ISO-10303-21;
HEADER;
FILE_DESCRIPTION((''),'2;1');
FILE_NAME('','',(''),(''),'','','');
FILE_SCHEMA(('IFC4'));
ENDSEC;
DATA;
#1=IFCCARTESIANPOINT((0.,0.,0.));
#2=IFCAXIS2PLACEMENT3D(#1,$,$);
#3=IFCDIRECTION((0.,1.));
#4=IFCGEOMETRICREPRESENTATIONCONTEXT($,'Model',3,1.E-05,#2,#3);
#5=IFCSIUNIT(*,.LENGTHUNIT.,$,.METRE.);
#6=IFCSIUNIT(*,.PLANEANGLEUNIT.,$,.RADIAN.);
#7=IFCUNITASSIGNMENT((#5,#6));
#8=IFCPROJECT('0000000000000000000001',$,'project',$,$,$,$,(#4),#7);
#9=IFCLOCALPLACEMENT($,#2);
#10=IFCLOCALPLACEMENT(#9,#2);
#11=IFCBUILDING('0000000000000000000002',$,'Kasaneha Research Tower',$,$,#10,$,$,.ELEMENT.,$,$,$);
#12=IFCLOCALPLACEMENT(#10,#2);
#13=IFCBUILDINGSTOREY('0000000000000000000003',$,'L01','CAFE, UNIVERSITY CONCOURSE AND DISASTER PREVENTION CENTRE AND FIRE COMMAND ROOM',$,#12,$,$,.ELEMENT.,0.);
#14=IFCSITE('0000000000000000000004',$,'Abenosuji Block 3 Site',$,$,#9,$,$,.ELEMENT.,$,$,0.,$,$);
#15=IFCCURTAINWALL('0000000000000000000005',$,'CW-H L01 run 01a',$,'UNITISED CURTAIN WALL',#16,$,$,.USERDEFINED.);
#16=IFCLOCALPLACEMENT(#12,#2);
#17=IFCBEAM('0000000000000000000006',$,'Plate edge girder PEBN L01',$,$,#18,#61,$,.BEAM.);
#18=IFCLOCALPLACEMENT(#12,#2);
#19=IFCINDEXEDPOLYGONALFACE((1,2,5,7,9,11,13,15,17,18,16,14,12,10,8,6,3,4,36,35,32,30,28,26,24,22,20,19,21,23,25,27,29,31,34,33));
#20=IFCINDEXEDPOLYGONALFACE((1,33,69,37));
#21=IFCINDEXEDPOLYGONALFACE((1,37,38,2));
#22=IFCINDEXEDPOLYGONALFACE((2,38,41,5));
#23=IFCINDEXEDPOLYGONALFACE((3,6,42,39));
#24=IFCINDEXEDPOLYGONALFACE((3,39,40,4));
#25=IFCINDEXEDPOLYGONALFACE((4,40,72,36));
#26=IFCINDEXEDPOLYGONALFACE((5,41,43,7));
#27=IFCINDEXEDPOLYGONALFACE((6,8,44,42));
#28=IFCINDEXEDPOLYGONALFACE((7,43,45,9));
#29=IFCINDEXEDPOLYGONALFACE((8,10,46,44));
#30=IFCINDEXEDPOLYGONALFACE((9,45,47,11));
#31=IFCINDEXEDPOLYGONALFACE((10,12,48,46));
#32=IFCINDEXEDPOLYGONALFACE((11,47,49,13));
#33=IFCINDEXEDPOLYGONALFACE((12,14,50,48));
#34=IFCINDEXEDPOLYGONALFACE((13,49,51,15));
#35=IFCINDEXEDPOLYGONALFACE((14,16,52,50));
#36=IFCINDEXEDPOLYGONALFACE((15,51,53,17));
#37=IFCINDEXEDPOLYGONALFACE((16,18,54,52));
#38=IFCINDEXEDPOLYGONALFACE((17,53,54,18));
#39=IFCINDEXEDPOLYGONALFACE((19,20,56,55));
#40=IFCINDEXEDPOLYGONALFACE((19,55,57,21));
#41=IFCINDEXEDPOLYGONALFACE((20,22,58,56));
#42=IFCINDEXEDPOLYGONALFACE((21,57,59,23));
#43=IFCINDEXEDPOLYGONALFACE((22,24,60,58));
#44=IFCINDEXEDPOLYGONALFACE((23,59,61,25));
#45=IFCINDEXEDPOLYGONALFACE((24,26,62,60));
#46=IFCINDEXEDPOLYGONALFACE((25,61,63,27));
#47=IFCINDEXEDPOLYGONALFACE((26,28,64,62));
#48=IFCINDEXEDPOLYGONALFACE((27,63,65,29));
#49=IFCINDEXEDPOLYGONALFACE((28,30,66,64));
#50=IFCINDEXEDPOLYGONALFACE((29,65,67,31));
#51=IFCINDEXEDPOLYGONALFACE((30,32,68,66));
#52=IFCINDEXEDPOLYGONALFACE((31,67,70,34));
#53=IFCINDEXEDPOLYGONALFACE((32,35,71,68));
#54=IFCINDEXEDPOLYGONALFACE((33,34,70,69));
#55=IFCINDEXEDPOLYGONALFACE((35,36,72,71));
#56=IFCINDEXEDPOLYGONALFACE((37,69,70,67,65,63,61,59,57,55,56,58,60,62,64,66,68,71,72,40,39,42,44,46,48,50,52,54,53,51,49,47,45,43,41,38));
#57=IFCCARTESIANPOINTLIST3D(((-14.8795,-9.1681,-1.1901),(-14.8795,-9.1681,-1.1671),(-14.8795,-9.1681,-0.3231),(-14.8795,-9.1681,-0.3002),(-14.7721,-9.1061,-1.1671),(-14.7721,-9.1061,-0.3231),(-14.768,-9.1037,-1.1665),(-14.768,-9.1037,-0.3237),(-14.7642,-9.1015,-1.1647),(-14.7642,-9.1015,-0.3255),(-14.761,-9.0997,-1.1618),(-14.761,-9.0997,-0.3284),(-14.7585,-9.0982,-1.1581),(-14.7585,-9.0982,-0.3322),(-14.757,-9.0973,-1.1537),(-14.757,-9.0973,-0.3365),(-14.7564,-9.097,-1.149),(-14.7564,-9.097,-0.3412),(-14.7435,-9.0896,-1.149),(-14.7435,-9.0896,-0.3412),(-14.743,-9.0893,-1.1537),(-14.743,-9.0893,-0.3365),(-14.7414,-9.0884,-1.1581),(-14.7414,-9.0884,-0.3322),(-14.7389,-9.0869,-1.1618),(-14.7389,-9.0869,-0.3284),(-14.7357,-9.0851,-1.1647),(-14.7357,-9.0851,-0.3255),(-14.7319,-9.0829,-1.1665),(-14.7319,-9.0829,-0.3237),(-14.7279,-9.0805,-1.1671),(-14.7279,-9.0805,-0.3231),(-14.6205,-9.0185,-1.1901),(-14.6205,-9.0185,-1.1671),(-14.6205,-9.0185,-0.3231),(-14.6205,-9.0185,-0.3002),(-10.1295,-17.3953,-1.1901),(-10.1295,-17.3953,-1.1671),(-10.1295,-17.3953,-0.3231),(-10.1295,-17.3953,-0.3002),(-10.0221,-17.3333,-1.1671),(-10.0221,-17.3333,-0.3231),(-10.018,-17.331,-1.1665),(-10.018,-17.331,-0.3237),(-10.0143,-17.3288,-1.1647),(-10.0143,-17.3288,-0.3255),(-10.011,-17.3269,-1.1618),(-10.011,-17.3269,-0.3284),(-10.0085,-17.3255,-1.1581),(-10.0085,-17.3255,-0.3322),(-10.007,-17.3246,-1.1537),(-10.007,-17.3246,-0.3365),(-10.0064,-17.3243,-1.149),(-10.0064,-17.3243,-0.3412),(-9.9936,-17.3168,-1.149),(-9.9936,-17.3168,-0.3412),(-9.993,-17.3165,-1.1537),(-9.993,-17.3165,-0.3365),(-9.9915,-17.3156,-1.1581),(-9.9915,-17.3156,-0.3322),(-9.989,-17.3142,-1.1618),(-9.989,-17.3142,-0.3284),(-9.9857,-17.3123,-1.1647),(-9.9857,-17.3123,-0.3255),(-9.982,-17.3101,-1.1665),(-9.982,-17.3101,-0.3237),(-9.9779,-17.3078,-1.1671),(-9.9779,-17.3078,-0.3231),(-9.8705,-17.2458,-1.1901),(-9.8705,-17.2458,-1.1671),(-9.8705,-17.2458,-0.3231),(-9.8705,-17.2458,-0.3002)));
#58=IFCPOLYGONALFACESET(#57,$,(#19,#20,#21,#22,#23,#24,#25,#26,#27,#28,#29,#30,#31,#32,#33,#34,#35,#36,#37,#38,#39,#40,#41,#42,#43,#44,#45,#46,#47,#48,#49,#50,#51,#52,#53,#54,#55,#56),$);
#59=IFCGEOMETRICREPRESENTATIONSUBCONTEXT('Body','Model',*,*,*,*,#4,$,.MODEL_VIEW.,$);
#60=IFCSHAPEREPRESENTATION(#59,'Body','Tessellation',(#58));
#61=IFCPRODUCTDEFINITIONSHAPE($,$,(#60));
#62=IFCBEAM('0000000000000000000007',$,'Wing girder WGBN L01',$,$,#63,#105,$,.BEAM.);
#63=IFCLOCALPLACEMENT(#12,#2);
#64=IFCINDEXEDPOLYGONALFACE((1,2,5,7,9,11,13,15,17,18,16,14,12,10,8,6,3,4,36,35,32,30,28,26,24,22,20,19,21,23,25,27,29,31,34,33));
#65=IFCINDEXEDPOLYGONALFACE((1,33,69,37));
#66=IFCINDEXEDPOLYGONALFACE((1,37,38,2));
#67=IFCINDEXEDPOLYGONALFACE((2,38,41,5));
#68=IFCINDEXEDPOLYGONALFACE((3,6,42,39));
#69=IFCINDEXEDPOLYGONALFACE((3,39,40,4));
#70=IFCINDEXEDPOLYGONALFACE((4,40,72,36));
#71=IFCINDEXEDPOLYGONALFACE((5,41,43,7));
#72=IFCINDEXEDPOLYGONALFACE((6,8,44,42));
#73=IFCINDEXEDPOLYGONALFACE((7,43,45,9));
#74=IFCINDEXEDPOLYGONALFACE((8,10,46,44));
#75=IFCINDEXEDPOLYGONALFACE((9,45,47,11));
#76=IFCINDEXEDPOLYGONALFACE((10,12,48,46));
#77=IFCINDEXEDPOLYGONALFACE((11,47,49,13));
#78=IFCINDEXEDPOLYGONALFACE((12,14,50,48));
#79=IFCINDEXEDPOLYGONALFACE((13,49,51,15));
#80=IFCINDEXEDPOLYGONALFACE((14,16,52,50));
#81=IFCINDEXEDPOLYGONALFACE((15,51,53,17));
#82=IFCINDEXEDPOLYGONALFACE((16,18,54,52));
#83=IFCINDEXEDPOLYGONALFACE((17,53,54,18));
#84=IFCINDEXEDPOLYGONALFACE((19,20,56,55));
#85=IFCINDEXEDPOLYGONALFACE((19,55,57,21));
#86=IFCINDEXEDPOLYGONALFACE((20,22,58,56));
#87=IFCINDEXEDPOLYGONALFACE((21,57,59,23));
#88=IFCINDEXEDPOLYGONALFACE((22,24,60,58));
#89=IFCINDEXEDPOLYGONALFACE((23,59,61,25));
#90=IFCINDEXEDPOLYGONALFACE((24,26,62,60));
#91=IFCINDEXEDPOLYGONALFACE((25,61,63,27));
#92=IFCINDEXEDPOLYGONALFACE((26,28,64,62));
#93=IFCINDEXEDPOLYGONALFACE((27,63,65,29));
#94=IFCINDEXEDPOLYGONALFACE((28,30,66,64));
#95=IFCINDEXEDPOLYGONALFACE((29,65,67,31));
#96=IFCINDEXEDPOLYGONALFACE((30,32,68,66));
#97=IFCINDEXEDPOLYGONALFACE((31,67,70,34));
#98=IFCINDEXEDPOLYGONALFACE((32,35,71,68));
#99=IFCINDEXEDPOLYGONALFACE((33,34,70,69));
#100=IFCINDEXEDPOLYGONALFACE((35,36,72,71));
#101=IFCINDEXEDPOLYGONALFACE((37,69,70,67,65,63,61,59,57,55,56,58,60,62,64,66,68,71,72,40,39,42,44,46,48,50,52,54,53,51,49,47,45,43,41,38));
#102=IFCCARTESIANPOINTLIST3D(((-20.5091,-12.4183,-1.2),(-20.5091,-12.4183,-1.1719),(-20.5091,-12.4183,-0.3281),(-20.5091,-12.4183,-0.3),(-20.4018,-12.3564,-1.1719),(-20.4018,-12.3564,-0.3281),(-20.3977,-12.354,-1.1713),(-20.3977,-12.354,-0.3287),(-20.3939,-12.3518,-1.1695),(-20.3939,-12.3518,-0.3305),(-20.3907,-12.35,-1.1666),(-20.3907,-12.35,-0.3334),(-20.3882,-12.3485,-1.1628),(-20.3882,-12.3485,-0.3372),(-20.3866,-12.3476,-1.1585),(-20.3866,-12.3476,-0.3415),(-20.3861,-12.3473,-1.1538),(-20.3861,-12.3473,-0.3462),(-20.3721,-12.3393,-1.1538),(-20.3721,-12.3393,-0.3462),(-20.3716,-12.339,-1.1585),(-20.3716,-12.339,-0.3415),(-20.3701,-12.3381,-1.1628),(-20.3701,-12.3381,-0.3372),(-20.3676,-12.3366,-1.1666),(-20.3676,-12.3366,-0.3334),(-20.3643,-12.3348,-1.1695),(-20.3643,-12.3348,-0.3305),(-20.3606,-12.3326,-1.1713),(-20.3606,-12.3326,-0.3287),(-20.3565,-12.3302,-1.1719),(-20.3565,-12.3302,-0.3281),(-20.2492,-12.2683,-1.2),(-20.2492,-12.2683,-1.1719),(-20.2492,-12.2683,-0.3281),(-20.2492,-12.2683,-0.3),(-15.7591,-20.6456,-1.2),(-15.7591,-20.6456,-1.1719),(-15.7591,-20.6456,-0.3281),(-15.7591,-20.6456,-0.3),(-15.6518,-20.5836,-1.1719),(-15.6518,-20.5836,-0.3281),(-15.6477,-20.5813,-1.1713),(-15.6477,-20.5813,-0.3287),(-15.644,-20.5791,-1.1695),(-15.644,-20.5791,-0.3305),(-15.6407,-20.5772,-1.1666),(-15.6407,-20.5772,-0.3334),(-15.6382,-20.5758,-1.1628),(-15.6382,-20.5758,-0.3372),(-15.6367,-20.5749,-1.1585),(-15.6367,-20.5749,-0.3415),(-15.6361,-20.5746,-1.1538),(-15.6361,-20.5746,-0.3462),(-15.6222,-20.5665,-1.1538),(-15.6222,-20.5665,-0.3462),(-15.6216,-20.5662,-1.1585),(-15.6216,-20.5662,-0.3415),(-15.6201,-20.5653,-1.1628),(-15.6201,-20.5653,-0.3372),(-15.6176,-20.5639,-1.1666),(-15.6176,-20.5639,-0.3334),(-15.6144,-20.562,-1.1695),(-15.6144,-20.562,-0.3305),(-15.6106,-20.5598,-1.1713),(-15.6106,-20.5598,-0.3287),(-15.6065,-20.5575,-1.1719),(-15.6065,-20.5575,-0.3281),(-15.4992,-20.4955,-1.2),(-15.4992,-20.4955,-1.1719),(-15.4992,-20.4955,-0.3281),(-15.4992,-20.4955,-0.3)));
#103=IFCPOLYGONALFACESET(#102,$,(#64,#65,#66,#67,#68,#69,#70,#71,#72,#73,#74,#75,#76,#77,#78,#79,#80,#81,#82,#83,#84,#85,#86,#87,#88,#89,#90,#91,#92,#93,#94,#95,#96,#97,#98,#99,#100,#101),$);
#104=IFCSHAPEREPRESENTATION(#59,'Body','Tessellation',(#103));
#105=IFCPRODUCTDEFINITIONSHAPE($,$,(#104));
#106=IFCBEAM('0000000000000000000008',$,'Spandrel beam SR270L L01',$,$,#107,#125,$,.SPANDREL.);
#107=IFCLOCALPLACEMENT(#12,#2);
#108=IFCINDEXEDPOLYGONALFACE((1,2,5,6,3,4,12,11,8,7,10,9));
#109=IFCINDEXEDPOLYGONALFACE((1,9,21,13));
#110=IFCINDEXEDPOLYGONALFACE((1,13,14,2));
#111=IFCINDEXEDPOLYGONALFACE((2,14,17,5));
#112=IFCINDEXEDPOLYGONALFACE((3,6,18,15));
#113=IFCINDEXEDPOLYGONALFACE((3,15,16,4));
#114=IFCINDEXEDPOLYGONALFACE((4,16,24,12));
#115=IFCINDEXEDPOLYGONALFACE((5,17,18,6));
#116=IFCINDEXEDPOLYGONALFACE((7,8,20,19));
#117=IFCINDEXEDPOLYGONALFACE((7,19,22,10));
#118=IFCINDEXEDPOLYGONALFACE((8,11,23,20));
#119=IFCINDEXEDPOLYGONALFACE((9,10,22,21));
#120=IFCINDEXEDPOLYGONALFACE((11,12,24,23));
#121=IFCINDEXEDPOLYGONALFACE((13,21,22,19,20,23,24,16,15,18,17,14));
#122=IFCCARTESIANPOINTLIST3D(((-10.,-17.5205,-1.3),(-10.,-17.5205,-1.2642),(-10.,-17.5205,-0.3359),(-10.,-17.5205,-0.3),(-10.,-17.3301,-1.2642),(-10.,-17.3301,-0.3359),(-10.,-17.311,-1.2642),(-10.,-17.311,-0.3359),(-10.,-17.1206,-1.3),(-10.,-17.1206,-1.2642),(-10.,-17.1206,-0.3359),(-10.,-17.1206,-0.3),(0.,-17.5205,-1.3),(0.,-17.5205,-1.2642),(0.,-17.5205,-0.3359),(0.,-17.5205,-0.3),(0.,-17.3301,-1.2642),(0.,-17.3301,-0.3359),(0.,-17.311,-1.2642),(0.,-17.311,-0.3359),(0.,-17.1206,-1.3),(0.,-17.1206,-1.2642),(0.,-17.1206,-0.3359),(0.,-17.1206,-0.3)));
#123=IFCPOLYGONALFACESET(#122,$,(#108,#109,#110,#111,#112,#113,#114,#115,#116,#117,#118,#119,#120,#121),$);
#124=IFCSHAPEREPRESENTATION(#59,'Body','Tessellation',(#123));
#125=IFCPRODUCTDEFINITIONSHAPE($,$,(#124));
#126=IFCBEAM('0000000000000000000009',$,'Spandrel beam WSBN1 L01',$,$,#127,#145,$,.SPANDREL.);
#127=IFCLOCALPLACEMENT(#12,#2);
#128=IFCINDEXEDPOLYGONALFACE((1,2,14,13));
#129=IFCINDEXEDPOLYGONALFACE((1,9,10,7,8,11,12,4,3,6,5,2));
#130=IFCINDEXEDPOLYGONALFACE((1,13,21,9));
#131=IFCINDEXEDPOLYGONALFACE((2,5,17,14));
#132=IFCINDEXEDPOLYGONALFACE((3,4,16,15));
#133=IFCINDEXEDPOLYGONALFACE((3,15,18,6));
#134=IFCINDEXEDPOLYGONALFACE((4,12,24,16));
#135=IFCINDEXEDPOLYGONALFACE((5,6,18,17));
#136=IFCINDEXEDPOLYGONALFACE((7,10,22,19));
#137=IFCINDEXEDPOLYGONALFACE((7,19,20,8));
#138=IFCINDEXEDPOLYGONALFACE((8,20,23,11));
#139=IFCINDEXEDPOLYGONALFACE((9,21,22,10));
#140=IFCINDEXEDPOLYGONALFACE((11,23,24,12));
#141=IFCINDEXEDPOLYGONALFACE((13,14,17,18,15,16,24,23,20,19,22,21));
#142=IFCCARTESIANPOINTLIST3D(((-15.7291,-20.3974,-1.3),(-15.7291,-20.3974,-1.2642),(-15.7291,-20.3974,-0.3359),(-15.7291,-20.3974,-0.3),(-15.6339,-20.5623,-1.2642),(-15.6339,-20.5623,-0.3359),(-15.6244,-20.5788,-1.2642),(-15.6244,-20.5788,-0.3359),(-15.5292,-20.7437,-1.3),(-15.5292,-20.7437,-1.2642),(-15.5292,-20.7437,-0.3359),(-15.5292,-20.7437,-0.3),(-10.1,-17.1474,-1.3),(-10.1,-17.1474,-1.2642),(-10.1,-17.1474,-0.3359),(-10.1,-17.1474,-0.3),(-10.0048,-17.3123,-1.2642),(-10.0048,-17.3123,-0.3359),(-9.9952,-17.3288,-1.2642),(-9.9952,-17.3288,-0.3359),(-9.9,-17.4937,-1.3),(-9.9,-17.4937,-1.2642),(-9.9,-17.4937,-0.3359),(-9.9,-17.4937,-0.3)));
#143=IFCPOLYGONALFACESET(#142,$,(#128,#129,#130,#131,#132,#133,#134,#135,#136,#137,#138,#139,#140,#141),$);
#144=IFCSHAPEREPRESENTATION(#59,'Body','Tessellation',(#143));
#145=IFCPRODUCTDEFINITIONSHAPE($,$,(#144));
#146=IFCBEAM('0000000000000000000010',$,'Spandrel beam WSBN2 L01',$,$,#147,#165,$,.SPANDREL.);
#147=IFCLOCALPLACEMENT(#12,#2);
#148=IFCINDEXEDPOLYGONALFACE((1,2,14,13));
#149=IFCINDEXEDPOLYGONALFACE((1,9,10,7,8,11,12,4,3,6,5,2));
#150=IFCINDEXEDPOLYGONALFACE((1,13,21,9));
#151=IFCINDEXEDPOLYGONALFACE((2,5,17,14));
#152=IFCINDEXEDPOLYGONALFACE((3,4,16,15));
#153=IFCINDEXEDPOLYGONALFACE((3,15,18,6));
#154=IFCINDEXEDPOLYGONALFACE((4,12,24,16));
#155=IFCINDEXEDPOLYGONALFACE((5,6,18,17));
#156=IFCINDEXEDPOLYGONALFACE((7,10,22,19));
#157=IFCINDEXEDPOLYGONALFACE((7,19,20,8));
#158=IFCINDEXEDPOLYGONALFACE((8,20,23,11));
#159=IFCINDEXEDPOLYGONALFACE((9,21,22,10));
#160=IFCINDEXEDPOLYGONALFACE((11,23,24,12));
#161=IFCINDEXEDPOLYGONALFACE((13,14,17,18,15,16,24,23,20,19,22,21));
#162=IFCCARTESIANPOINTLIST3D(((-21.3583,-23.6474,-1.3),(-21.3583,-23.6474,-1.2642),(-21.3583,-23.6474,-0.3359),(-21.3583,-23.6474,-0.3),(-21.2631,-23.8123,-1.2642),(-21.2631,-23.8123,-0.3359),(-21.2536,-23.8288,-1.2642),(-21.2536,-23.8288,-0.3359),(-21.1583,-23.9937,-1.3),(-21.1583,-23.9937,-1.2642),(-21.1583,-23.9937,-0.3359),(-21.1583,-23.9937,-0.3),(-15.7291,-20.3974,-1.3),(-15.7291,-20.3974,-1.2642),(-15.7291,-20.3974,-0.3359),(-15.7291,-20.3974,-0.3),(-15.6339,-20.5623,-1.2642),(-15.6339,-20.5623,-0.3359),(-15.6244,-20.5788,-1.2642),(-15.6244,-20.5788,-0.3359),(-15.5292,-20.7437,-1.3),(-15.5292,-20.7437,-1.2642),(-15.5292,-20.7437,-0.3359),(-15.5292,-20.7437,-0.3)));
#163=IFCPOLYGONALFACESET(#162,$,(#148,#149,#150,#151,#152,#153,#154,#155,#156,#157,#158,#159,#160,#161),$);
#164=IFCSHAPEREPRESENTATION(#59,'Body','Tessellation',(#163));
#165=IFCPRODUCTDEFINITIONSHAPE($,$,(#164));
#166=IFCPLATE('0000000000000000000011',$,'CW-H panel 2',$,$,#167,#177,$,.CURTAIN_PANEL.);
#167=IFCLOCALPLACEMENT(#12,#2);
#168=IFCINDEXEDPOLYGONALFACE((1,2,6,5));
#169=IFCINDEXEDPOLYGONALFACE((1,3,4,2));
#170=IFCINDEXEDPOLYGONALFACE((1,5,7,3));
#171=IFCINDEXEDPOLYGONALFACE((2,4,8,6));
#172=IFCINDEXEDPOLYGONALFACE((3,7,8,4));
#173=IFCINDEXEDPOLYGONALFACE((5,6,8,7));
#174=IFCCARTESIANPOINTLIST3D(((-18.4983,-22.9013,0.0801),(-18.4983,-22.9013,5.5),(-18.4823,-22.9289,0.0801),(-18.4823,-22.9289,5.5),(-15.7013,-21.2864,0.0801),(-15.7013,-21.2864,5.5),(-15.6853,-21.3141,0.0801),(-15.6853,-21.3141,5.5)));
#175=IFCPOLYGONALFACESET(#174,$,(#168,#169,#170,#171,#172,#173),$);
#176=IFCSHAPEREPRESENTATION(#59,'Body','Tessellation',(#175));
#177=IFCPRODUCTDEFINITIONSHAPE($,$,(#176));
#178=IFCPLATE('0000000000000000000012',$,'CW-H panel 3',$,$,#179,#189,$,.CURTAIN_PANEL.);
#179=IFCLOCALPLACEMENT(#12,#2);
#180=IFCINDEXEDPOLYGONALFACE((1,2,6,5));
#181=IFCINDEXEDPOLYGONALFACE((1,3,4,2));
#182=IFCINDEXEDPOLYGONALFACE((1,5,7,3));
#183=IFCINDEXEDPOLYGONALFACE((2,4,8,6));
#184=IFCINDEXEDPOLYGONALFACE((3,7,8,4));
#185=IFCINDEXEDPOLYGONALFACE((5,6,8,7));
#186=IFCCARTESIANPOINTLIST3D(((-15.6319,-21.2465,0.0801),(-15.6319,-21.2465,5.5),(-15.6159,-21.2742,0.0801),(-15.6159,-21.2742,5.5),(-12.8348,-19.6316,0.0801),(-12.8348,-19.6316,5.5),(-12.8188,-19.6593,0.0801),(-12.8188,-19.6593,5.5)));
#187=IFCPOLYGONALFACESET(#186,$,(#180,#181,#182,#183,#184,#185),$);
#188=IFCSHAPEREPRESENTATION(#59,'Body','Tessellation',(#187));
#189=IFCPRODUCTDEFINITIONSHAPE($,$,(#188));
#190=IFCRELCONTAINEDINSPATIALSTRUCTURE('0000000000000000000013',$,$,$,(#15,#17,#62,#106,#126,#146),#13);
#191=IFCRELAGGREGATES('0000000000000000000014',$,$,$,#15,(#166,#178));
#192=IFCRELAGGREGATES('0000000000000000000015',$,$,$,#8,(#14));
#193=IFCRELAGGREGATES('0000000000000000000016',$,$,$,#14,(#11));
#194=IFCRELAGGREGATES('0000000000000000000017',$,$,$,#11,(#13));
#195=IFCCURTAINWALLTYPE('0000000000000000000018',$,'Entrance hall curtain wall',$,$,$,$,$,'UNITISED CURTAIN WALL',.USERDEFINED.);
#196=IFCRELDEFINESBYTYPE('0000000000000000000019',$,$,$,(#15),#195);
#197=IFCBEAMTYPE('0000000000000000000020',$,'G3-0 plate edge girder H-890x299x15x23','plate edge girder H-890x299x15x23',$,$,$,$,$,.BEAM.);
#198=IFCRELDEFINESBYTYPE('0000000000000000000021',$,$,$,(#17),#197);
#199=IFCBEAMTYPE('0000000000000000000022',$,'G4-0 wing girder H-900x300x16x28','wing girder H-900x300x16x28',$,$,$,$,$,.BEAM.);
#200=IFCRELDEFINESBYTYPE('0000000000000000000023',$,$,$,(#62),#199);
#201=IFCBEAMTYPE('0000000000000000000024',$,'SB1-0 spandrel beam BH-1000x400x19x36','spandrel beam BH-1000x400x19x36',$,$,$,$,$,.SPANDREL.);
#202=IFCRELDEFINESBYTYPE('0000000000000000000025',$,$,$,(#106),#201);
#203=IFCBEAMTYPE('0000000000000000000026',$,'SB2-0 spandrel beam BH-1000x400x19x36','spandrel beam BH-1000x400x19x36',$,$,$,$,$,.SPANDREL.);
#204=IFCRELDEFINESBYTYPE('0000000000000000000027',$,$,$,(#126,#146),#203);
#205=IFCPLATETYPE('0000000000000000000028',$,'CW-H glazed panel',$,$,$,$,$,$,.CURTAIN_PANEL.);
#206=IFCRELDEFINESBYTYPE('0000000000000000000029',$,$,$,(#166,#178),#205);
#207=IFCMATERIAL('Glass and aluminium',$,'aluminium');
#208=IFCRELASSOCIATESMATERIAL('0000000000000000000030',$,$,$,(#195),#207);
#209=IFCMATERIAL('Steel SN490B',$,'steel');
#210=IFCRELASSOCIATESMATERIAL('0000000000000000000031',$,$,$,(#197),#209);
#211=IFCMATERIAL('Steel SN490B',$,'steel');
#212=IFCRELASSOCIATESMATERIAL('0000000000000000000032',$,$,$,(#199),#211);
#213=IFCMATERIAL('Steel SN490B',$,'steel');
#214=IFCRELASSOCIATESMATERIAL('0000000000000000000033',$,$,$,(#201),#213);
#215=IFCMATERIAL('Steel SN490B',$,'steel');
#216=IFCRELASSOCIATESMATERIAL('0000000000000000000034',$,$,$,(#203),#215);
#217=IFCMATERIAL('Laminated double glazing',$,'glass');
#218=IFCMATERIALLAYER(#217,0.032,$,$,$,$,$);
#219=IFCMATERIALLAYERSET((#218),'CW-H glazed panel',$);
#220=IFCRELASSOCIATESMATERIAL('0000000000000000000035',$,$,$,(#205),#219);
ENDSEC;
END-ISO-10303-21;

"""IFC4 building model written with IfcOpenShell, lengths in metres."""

from ifc_helpers import new_model, si_unit, direction, frame, origin, origin_2d, place, context, subcontext, project, spatial, rectangle, i_section, extrude, material, layer, layer_set, material_profile, profile_set, type_object, element, aggregate, save


model = new_model("IFC4")

# Units and contexts
model_context = context("Model", 3, precision=1e-05, world=origin(), true_north=direction((0.0, 1.0)))
body_context = subcontext(model_context, "Body", "Model", "MODEL_VIEW")
ifc_project = project(units=[si_unit("LENGTHUNIT", "METRE"), si_unit("PLANEANGLEUNIT", "RADIAN")], contexts=[model_context])

# Site, building, storey
site_placement = place(None, origin())
site = spatial("IfcSite", under=ifc_project, at=site_placement, Name="Abenosuji Block 3 Site", CompositionType="ELEMENT", RefElevation=0.0)
building_placement = place(site_placement, origin())
building = spatial("IfcBuilding", under=site, at=building_placement, Name="Kasaneha Research Tower", CompositionType="ELEMENT")
storey_placement = place(building_placement, origin())
storey = spatial("IfcBuildingStorey", under=building, at=storey_placement, Name="L01", Description="CAFE, UNIVERSITY CONCOURSE AND DISASTER PREVENTION CENTRE AND FIRE COMMAND ROOM", CompositionType="ELEMENT", Elevation=0.0)

# Curtain wall
ifc_material_1 = material(Name="Glass and aluminium", Category="aluminium")
curtain_wall_type = type_object("IfcCurtainWallType", Name="Entrance hall curtain wall", ElementType="UNITISED CURTAIN WALL", PredefinedType="USERDEFINED", material=ifc_material_1)
curtain_wall_1_placement = place(storey_placement, origin())
curtain_wall_1 = element("IfcCurtainWall", 1, at=curtain_wall_1_placement, inside=storey, type_object=curtain_wall_type, Name="CW-H L01 run 01a", ObjectType="UNITISED CURTAIN WALL", PredefinedType="USERDEFINED")

# Beams
ifc_material_2 = material(Name="Steel SN490B", Category="steel")
ifc_material_profile_1 = material_profile(ifc_material_2, i_section(OverallWidth=0.2991, OverallDepth=0.8899, WebThickness=0.0149, FlangeThickness=0.0229, FilletRadius=0.0181, at=origin_2d()), Name="H-890x299x15x23")
ifc_profile_set_1 = profile_set([ifc_material_profile_1], Name="Steel SN490B")
beam_type_1 = type_object("IfcBeamType", Name="G3-0 plate edge girder H-890x299x15x23", Description="plate edge girder H-890x299x15x23", PredefinedType="BEAM", material=ifc_profile_set_1)
beam_1_placement = place(storey_placement, frame((-10.0, -17.3206, -0.7451), z_axis=(-0.499998, 0.866027, 0.0), x_axis=(-0.866027, -0.499998, 0.0)))
element("IfcBeam", 2, at=beam_1_placement, inside=storey, type_object=beam_type_1, Name="Plate edge girder PEBN L01", PredefinedType="BEAM", context=body_context, shape_type="SweptSolid", body=[
    extrude(i_section(OverallWidth=0.2991, OverallDepth=0.8899, WebThickness=0.0149, FlangeThickness=0.0229, FilletRadius=0.0181, at=origin_2d()), origin(), (0.0, 0.0, 1.0), 9.5),
])
ifc_material_3 = material(Name="Steel SN490B", Category="steel")
ifc_material_profile_2 = material_profile(ifc_material_3, i_section(OverallWidth=0.3, OverallDepth=0.8999, WebThickness=0.0161, FlangeThickness=0.0281, FilletRadius=0.0181, at=origin_2d()), Name="H-900x300x16x28")
ifc_profile_set_2 = profile_set([ifc_material_profile_2], Name="Steel SN490B")
beam_type_2 = type_object("IfcBeamType", Name="G4-0 wing girder H-900x300x16x28", Description="wing girder H-900x300x16x28", PredefinedType="BEAM", material=ifc_profile_set_2)
beam_2_placement = place(storey_placement, frame((-15.6292, -20.5706, -0.75), z_axis=(-0.499998, 0.866027, 0.0), x_axis=(-0.866027, -0.499998, 0.0)))
element("IfcBeam", 3, at=beam_2_placement, inside=storey, type_object=beam_type_2, Name="Wing girder WGBN L01", PredefinedType="BEAM", context=body_context, shape_type="SweptSolid", body=[
    extrude(i_section(OverallWidth=0.3, OverallDepth=0.8999, WebThickness=0.0161, FlangeThickness=0.0281, FilletRadius=0.0181, at=origin_2d()), origin(), (0.0, 0.0, 1.0), 9.5),
])
ifc_material_4 = material(Name="Steel SN490B", Category="steel")
ifc_material_profile_3 = material_profile(ifc_material_4, i_section(OverallWidth=0.3999, OverallDepth=1.0, WebThickness=0.019, FlangeThickness=0.0359, at=origin_2d()), Name="BH-1000x400x19x36")
ifc_profile_set_3 = profile_set([ifc_material_profile_3], Name="Steel SN490B")
beam_type_3 = type_object("IfcBeamType", Name="SB1-0 spandrel beam BH-1000x400x19x36", Description="spandrel beam BH-1000x400x19x36", PredefinedType="SPANDREL", material=ifc_profile_set_3)
beam_3_placement = place(storey_placement, frame((-10.0, -17.3206, -0.8), z_axis=(1.0, 0.0, 0.0), x_axis=(0.0, 1.0, 0.0)))
element("IfcBeam", 4, at=beam_3_placement, inside=storey, type_object=beam_type_3, Name="Spandrel beam SR270L L01", PredefinedType="SPANDREL", context=body_context, shape_type="SweptSolid", body=[
    extrude(i_section(OverallWidth=0.3999, OverallDepth=1.0, WebThickness=0.019, FlangeThickness=0.0359, at=origin_2d()), origin(), (0.0, 0.0, 1.0), 10.0),
])
ifc_material_5 = material(Name="Steel SN490B", Category="steel")
ifc_material_profile_4 = material_profile(ifc_material_5, i_section(OverallWidth=0.3999, OverallDepth=1.0, WebThickness=0.019, FlangeThickness=0.0359, at=origin_2d()), Name="BH-1000x400x19x36")
ifc_profile_set_4 = profile_set([ifc_material_profile_4], Name="Steel SN490B")
beam_type_4 = type_object("IfcBeamType", Name="SB2-0 spandrel beam BH-1000x400x19x36", Description="spandrel beam BH-1000x400x19x36", PredefinedType="SPANDREL", material=ifc_profile_set_4)
for number, where, z_axis, x_axis, name in (
    (5, (-10.0, -17.3206, -0.8), (-0.866025, -0.500001, 0.0), (0.500001, -0.866025, 0.0), "Spandrel beam WSBN1 L01"),
    (6, (-15.6292, -20.5706, -0.8), (-0.866025, -0.500001, 0.0), (0.500001, -0.866025, 0.0), "Spandrel beam WSBN2 L01"),
):
    element("IfcBeam", number, at=place(storey_placement, frame(where, z_axis=z_axis, x_axis=x_axis)), inside=storey, type_object=beam_type_4, Name=name, PredefinedType="SPANDREL", context=body_context, shape_type="SweptSolid", body=[
        extrude(i_section(OverallWidth=0.3999, OverallDepth=1.0, WebThickness=0.019, FlangeThickness=0.0359, at=origin_2d()), origin(), (0.0, 0.0, 1.0), 6.5),
    ])

# Plates
ifc_material_6 = material(Name="Laminated double glazing", Category="glass")
ifc_layer_1 = layer(ifc_material_6, 0.032)
ifc_layer_set_1 = layer_set([ifc_layer_1], Name="CW-H glazed panel")
plate_type = type_object("IfcPlateType", Name="CW-H glazed panel", PredefinedType="CURTAIN_PANEL", material=ifc_layer_set_1)
plate_1_placement = place(storey_placement, frame((-17.0918, -22.1077, 0.0801), z_axis=(0.0, 0.0, 1.0), x_axis=(0.866025, 0.5, 0.0)))
plate_1 = element("IfcPlate", 7, at=plate_1_placement, type_object=plate_type, Name="CW-H panel 2", PredefinedType="CURTAIN_PANEL", context=body_context, shape_type="SweptSolid", body=[
    extrude(rectangle(XDim=3.2297, YDim=0.032, at=origin_2d()), origin(), (0.0, 0.0, 1.0), 5.4199),
])
plate_2_placement = place(storey_placement, frame((-14.2253, -20.4529, 0.0801), z_axis=(0.0, 0.0, 1.0), x_axis=(0.866025, 0.5, 0.0)))
plate_2 = element("IfcPlate", 8, at=plate_2_placement, type_object=plate_type, Name="CW-H panel 3", PredefinedType="CURTAIN_PANEL", context=body_context, shape_type="SweptSolid", body=[
    extrude(rectangle(XDim=3.2297, YDim=0.032, at=origin_2d()), origin(), (0.0, 0.0, 1.0), 5.4199),
])
aggregate(curtain_wall_1, [plate_1, plate_2])

save(model, "model.ifc")
